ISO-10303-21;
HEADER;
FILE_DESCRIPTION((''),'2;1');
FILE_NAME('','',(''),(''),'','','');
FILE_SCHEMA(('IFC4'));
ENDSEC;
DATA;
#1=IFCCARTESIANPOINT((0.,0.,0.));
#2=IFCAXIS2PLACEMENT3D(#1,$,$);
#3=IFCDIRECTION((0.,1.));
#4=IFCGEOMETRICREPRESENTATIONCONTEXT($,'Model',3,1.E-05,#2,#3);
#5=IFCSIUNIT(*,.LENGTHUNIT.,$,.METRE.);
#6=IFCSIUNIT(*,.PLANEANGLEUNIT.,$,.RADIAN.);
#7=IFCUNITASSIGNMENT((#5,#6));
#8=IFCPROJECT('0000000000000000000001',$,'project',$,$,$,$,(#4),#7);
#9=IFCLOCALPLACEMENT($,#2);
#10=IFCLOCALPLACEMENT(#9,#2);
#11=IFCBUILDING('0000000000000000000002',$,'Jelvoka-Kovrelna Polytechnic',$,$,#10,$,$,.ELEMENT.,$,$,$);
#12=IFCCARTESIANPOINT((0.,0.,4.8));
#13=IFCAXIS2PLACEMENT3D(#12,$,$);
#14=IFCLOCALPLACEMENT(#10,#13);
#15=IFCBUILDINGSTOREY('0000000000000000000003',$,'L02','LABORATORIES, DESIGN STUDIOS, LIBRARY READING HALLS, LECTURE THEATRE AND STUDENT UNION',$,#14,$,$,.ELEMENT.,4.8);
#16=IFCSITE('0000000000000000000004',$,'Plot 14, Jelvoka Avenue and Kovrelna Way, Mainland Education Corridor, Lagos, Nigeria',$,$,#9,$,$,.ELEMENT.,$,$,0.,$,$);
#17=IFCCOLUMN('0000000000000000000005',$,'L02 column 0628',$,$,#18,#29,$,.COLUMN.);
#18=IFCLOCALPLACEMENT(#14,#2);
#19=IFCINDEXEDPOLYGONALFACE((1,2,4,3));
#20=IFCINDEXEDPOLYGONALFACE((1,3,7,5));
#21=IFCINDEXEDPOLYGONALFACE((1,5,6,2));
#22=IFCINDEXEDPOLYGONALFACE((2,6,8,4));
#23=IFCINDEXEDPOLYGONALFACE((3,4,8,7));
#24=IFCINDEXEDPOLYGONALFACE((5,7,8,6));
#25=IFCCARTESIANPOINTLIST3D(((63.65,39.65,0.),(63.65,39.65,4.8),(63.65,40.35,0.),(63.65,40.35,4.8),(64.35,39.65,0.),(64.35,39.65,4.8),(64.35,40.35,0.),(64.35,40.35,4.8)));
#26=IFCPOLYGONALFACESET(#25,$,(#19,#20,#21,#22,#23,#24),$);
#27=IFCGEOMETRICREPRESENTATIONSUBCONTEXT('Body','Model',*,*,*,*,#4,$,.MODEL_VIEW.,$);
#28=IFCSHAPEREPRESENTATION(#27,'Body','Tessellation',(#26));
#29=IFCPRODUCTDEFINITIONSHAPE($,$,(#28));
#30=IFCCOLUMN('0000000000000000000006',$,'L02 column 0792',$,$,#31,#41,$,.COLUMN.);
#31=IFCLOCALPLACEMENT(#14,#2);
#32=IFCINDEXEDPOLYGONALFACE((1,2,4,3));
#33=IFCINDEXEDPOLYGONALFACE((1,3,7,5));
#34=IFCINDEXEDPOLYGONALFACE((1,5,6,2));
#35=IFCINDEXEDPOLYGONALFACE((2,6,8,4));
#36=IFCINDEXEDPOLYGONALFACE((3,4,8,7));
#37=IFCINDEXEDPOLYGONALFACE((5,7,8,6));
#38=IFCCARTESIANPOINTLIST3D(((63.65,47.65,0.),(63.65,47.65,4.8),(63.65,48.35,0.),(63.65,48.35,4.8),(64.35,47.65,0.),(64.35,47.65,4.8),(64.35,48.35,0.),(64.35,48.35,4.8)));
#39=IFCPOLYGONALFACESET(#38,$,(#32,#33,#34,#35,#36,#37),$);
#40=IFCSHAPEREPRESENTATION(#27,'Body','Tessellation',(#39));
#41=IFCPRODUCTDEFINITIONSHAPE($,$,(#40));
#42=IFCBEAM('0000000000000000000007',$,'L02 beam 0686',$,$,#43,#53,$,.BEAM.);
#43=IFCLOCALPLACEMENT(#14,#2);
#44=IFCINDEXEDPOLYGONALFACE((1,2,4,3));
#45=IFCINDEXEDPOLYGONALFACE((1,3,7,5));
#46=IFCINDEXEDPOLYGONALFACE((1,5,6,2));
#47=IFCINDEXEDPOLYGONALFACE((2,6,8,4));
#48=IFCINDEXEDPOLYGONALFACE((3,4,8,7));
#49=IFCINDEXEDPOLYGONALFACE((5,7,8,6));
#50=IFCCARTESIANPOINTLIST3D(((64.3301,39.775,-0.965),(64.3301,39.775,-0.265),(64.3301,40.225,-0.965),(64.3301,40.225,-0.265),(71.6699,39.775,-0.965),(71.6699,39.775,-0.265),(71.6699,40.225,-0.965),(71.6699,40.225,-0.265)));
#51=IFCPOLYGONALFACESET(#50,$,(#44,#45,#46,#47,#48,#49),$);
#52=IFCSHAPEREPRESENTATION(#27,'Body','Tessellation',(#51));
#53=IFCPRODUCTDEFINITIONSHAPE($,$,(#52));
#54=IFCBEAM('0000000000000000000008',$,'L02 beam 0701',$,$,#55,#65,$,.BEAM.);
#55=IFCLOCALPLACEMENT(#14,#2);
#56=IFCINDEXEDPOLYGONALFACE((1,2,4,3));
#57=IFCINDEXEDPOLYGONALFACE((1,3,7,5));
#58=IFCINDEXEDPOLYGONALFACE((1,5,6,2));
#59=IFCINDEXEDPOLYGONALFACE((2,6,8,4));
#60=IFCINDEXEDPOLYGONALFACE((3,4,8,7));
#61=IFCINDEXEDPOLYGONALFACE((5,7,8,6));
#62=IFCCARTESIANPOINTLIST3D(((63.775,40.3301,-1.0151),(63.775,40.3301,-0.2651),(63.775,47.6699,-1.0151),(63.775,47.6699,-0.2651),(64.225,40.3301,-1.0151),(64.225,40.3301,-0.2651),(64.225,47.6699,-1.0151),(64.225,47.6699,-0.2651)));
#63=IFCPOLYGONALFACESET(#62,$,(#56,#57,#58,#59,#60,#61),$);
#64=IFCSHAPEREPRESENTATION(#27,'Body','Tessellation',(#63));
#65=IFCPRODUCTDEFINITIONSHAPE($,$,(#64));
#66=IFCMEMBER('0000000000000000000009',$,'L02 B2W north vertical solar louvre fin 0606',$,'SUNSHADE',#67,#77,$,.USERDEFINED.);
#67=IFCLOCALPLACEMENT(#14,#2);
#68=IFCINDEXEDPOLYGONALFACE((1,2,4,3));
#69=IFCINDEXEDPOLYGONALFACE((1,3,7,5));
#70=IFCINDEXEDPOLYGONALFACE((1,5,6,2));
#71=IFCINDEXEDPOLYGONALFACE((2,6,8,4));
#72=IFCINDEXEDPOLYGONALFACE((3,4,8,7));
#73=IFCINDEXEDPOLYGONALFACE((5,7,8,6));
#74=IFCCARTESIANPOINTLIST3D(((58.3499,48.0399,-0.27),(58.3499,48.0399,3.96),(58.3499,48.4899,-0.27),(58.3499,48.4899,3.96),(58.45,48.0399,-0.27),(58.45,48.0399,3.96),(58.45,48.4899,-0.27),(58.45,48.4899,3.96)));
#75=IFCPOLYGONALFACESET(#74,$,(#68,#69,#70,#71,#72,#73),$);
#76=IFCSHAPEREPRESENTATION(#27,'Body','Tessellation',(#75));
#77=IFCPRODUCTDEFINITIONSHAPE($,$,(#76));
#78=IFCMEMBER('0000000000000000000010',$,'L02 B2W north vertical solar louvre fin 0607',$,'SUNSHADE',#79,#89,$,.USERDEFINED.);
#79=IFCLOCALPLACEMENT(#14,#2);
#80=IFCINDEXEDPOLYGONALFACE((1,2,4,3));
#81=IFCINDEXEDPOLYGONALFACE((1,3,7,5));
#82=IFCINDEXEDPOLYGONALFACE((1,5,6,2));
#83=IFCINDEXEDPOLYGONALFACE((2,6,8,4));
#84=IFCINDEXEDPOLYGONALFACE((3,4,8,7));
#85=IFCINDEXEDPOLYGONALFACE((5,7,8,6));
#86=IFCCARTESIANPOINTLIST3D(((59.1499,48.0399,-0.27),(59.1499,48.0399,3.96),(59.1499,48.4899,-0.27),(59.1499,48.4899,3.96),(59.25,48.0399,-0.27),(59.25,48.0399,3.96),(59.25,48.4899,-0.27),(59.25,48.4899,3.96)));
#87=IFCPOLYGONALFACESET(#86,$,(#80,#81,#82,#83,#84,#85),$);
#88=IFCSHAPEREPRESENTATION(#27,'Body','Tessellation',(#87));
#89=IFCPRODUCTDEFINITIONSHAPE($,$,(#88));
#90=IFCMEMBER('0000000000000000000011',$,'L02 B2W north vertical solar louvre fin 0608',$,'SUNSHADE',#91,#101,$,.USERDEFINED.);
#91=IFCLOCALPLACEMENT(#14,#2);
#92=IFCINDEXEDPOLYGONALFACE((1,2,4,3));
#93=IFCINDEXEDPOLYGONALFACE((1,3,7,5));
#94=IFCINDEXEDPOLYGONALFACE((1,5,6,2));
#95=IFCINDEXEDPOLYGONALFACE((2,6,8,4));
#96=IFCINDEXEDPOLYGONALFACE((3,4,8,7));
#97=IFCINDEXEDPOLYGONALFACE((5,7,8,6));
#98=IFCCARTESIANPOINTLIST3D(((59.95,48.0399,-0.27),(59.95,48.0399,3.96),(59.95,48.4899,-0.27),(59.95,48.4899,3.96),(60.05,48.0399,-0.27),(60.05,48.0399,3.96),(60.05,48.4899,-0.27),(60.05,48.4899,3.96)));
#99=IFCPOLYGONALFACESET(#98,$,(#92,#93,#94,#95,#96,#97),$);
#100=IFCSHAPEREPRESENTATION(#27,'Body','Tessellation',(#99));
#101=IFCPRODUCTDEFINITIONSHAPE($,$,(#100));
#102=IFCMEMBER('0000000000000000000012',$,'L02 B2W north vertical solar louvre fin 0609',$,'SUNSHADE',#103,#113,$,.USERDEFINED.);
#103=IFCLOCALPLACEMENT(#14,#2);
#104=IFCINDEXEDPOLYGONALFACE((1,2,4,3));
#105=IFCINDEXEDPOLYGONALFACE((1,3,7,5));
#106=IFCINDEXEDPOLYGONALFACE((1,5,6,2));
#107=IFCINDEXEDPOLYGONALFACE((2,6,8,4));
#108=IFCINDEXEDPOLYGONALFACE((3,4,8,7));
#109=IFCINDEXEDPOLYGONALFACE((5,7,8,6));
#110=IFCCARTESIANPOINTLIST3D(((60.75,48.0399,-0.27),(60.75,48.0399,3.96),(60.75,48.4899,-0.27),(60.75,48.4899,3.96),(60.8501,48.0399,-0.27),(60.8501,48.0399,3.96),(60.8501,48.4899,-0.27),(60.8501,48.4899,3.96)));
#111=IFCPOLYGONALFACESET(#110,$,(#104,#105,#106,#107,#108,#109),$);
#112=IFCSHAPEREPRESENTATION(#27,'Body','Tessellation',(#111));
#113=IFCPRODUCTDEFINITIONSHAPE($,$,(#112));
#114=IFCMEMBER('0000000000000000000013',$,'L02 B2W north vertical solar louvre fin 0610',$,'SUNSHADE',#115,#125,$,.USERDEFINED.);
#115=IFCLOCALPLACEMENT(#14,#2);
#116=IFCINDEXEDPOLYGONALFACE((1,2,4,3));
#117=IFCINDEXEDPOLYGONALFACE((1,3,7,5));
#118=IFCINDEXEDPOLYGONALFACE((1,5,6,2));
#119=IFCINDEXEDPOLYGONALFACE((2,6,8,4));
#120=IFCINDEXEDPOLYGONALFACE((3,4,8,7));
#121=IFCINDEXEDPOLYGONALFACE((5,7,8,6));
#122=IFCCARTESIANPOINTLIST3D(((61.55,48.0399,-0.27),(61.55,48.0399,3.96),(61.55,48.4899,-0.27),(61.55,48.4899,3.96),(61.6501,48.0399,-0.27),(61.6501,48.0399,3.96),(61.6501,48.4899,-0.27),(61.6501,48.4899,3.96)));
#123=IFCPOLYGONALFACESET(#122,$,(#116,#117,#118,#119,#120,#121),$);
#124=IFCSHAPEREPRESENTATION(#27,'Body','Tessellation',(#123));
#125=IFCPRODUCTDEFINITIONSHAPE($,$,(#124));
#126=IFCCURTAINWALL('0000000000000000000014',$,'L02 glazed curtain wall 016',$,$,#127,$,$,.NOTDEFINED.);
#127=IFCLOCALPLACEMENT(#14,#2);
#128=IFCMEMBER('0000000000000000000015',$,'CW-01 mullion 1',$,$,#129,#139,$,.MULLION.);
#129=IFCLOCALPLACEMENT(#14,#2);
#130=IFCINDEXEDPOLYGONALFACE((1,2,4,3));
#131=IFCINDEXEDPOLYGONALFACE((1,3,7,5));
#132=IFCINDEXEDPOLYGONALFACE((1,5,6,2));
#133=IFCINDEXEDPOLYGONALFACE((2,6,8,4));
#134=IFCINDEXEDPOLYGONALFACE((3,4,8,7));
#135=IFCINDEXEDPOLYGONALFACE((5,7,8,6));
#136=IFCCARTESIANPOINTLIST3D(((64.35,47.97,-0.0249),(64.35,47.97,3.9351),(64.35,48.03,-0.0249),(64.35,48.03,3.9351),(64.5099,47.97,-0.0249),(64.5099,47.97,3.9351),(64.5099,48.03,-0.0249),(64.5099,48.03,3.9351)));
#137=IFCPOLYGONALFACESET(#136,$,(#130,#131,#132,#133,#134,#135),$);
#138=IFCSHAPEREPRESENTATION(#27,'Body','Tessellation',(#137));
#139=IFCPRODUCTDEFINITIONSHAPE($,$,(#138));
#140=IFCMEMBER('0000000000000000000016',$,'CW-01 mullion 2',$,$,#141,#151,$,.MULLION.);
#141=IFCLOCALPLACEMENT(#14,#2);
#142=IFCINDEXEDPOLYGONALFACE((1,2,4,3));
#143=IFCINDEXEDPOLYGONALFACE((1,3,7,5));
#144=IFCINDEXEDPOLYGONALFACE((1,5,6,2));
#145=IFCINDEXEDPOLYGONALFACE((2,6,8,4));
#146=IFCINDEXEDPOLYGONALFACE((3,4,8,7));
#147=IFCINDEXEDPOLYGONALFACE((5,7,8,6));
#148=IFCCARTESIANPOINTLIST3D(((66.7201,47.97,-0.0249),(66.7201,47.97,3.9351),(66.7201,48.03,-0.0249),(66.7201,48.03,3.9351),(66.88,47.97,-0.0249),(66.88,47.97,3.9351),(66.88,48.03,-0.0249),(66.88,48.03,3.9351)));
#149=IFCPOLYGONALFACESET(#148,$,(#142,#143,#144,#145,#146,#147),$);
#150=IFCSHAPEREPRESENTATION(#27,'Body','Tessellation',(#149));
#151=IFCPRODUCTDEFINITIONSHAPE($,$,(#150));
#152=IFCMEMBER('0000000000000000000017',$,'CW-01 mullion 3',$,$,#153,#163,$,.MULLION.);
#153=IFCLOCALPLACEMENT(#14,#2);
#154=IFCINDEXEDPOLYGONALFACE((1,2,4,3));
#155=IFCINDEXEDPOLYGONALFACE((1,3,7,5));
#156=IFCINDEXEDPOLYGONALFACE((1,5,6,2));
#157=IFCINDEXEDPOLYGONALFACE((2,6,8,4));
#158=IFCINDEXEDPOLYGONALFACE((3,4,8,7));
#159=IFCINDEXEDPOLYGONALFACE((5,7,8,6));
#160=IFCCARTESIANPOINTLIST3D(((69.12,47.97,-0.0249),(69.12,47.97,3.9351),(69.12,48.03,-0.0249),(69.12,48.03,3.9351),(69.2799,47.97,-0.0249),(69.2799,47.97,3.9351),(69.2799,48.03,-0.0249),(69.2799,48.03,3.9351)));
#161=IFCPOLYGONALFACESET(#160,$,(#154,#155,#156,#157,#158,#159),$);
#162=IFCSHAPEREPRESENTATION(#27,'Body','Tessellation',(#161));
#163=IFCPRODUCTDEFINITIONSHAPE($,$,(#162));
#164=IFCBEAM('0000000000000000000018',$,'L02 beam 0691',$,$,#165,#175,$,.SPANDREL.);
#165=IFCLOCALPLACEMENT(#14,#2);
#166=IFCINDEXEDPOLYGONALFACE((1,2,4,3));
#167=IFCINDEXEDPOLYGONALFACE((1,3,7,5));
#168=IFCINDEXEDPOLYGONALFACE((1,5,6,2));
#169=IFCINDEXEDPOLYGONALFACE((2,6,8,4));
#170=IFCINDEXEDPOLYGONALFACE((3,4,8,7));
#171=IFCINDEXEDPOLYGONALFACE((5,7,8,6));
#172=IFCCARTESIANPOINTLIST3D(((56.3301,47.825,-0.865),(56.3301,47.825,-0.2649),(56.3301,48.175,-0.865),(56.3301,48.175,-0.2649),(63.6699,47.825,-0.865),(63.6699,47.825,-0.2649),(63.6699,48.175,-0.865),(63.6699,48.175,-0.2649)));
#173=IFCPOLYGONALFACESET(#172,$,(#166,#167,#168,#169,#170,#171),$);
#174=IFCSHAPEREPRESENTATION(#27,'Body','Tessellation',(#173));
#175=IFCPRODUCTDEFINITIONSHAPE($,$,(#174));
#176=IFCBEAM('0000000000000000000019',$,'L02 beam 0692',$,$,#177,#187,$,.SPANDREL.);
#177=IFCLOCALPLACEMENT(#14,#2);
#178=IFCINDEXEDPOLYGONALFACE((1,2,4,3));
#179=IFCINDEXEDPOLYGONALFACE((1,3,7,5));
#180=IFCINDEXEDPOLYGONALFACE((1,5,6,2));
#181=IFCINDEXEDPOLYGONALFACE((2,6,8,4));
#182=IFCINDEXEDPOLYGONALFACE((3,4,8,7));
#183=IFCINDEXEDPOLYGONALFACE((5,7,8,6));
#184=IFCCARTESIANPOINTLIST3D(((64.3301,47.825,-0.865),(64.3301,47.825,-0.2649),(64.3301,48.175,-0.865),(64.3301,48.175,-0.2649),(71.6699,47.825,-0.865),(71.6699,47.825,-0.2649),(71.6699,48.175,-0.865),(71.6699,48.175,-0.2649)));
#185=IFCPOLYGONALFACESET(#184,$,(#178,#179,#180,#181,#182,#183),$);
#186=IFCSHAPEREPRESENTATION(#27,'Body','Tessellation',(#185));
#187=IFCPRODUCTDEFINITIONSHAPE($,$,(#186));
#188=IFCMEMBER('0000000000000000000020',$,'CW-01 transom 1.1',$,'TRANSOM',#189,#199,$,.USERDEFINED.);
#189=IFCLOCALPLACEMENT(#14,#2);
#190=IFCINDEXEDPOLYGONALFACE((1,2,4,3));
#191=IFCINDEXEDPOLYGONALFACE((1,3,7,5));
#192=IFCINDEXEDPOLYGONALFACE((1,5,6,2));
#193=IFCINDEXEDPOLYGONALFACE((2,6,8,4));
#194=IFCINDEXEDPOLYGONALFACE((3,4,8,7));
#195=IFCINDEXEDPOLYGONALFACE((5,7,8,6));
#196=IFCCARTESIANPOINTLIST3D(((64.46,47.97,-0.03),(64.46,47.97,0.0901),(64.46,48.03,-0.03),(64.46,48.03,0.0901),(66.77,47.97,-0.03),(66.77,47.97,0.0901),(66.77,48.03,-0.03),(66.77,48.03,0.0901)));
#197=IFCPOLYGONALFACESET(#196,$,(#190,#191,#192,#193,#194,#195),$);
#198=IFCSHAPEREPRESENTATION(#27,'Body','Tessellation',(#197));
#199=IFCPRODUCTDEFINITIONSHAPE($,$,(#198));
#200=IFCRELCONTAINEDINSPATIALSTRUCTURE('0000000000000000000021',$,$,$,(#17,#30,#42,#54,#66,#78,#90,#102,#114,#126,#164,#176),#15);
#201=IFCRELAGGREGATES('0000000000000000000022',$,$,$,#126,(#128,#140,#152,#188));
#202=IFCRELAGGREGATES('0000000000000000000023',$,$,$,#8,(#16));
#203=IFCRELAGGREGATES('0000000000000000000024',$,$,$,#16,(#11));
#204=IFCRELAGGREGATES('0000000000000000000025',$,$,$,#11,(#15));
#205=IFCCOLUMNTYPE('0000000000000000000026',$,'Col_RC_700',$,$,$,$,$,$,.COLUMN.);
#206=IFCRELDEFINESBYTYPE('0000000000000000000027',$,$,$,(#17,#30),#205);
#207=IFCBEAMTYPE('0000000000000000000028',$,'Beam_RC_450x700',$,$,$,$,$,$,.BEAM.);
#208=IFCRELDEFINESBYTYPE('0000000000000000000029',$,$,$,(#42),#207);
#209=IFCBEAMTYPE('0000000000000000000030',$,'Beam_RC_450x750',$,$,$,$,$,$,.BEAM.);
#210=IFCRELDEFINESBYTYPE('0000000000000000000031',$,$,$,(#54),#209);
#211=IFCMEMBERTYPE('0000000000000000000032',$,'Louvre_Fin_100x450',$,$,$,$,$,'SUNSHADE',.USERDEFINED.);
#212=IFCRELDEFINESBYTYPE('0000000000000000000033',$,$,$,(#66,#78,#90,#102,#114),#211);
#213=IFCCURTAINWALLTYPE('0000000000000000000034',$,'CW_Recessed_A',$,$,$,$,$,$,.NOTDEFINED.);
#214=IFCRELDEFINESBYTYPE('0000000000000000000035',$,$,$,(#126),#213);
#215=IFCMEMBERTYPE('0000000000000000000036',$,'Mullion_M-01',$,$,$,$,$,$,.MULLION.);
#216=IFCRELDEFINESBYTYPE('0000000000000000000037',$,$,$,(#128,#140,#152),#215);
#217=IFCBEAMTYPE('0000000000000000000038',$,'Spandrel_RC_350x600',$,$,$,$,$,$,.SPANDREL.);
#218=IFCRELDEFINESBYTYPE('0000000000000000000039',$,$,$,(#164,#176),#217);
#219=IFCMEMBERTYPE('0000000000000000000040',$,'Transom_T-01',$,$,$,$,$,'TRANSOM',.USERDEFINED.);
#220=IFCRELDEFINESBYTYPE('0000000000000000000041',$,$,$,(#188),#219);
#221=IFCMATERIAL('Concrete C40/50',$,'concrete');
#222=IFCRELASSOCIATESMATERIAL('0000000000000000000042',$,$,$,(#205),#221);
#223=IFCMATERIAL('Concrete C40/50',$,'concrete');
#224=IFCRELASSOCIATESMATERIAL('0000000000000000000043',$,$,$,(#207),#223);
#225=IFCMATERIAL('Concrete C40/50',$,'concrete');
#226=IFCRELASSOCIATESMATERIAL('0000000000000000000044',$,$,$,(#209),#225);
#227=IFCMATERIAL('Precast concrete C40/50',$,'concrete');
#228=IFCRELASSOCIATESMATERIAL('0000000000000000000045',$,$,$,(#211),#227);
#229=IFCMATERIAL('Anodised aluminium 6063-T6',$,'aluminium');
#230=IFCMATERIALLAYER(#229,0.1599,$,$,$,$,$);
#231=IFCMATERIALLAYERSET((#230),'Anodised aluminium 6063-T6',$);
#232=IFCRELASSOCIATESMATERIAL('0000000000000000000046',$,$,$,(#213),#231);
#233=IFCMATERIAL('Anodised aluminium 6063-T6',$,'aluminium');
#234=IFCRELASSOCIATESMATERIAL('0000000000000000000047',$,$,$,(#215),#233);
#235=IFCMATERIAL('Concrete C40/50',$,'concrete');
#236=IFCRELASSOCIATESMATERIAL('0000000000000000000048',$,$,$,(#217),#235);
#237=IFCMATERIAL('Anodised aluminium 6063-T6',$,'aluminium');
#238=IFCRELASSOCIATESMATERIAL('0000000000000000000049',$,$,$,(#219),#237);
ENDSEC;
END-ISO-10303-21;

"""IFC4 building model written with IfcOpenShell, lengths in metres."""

from ifc_helpers import new_model, si_unit, direction, frame, origin, origin_2d, place, context, subcontext, project, spatial, rectangle, extrude, material, layer, layer_set, material_profile, profile_set, type_object, element, aggregate, save


model = new_model("IFC4")

# Units and contexts
model_context = context("Model", 3, precision=1e-05, world=origin(), true_north=direction((0.0, 1.0)))
body_context = subcontext(model_context, "Body", "Model", "MODEL_VIEW")
ifc_project = project(units=[si_unit("LENGTHUNIT", "METRE"), si_unit("PLANEANGLEUNIT", "RADIAN")], contexts=[model_context])

# Site, building, storey
site_placement = place(None, origin())
site = spatial("IfcSite", under=ifc_project, at=site_placement, Name="Plot 14, Jelvoka Avenue and Kovrelna Way, Mainland Education Corridor, Lagos, Nigeria", CompositionType="ELEMENT", RefElevation=0.0)
building_placement = place(site_placement, origin())
building = spatial("IfcBuilding", under=site, at=building_placement, Name="Jelvoka-Kovrelna Polytechnic", CompositionType="ELEMENT")
storey_placement = place(building_placement, frame((0.0, 0.0, 4.8)))
storey = spatial("IfcBuildingStorey", under=building, at=storey_placement, Name="L02", Description="LABORATORIES, DESIGN STUDIOS, LIBRARY READING HALLS, LECTURE THEATRE AND STUDENT UNION", CompositionType="ELEMENT", Elevation=4.8)

# Columns
ifc_material_1 = material(Name="Concrete C40/50", Category="concrete")
ifc_material_profile_1 = material_profile(ifc_material_1, rectangle(XDim=0.7, YDim=0.7, at=origin_2d()), Name="RC 700x700")
ifc_profile_set_1 = profile_set([ifc_material_profile_1], Name="Concrete C40/50")
column_type = type_object("IfcColumnType", Name="Col_RC_700", PredefinedType="COLUMN", material=ifc_profile_set_1)
for number, where, z_axis, x_axis, name in (
    (1, (64.0, 40.0, 0.0), (0.0, 0.0, 1.0), (1.0, 0.0, 0.0), "L02 column 0628"),
    (2, (64.0, 48.0, 0.0), (0.0, 0.0, 1.0), (1.0, 0.0, 0.0), "L02 column 0792"),
):
    element("IfcColumn", number, at=place(storey_placement, frame(where, z_axis=z_axis, x_axis=x_axis)), inside=storey, type_object=column_type, Name=name, PredefinedType="COLUMN", context=body_context, shape_type="SweptSolid", body=[
        extrude(rectangle(XDim=0.7, YDim=0.7, at=origin_2d()), origin(), (0.0, 0.0, 1.0), 4.8),
    ])

# Beams
ifc_material_2 = material(Name="Concrete C40/50", Category="concrete")
ifc_material_profile_2 = material_profile(ifc_material_2, rectangle(XDim=0.45, YDim=0.7, at=origin_2d()), Name="RC 450x700")
ifc_profile_set_2 = profile_set([ifc_material_profile_2], Name="Concrete C40/50")
beam_type_1 = type_object("IfcBeamType", Name="Beam_RC_450x700", PredefinedType="BEAM", material=ifc_profile_set_2)
beam_1_placement = place(storey_placement, frame((64.3301, 40.0, -0.615), z_axis=(1.0, 0.0, 0.0), x_axis=(0.0, 1.0, 0.0)))
element("IfcBeam", 3, at=beam_1_placement, inside=storey, type_object=beam_type_1, Name="L02 beam 0686", PredefinedType="BEAM", context=body_context, shape_type="SweptSolid", body=[
    extrude(rectangle(XDim=0.45, YDim=0.7, at=origin_2d()), origin(), (0.0, 0.0, 1.0), 7.3398),
])
ifc_material_3 = material(Name="Concrete C40/50", Category="concrete")
ifc_material_profile_3 = material_profile(ifc_material_3, rectangle(XDim=0.45, YDim=0.75, at=origin_2d()), Name="RC 450x750")
ifc_profile_set_3 = profile_set([ifc_material_profile_3], Name="Concrete C40/50")
beam_type_2 = type_object("IfcBeamType", Name="Beam_RC_450x750", PredefinedType="BEAM", material=ifc_profile_set_3)
beam_2_placement = place(storey_placement, frame((64.0, 40.3301, -0.6401), z_axis=(0.0, 1.0, 0.0), x_axis=(-1.0, 0.0, 0.0)))
element("IfcBeam", 4, at=beam_2_placement, inside=storey, type_object=beam_type_2, Name="L02 beam 0701", PredefinedType="BEAM", context=body_context, shape_type="SweptSolid", body=[
    extrude(rectangle(XDim=0.45, YDim=0.75, at=origin_2d()), origin(), (0.0, 0.0, 1.0), 7.3398),
])

# Members
ifc_material_4 = material(Name="Precast concrete C40/50", Category="concrete")
ifc_material_profile_4 = material_profile(ifc_material_4, rectangle(XDim=0.1001, YDim=0.45, at=origin_2d()), Name="PC 100x450")
ifc_profile_set_4 = profile_set([ifc_material_profile_4], Name="Precast concrete C40/50")
member_type_1 = type_object("IfcMemberType", Name="Louvre_Fin_100x450", ElementType="SUNSHADE", PredefinedType="USERDEFINED", material=ifc_profile_set_4)
for number, where, z_axis, x_axis, name in (
    (5, (58.3999, 48.2649, -0.27), (0.0, 0.0, 1.0), (1.0, 0.0, 0.0), "L02 B2W north vertical solar louvre fin 0606"),
    (6, (59.2, 48.2649, -0.27), (0.0, 0.0, 1.0), (1.0, 0.0, 0.0), "L02 B2W north vertical solar louvre fin 0607"),
    (7, (60.0, 48.2649, -0.27), (0.0, 0.0, 1.0), (1.0, 0.0, 0.0), "L02 B2W north vertical solar louvre fin 0608"),
    (8, (60.8, 48.2649, -0.27), (0.0, 0.0, 1.0), (1.0, 0.0, 0.0), "L02 B2W north vertical solar louvre fin 0609"),
    (9, (61.6001, 48.2649, -0.27), (0.0, 0.0, 1.0), (1.0, 0.0, 0.0), "L02 B2W north vertical solar louvre fin 0610"),
):
    element("IfcMember", number, at=place(storey_placement, frame(where, z_axis=z_axis, x_axis=x_axis)), inside=storey, type_object=member_type_1, Name=name, ObjectType="SUNSHADE", PredefinedType="USERDEFINED", context=body_context, shape_type="SweptSolid", body=[
        extrude(rectangle(XDim=0.1001, YDim=0.45, at=origin_2d()), origin(), (0.0, 0.0, 1.0), 4.23),
    ])

# Curtain wall, members
ifc_material_5 = material(Name="Anodised aluminium 6063-T6", Category="aluminium")
ifc_layer_1 = layer(ifc_material_5, 0.1599)
ifc_layer_set_1 = layer_set([ifc_layer_1], Name="Anodised aluminium 6063-T6")
curtain_wall_type = type_object("IfcCurtainWallType", Name="CW_Recessed_A", PredefinedType="NOTDEFINED", material=ifc_layer_set_1)
curtain_wall_placement = place(storey_placement, origin())
curtain_wall = element("IfcCurtainWall", 10, at=curtain_wall_placement, inside=storey, type_object=curtain_wall_type, Name="L02 glazed curtain wall 016", PredefinedType="NOTDEFINED")
ifc_material_6 = material(Name="Anodised aluminium 6063-T6", Category="aluminium")
ifc_material_profile_5 = material_profile(ifc_material_6, rectangle(XDim=0.0601, YDim=0.1599, at=origin_2d()), Name="ALU 60x160")
ifc_profile_set_5 = profile_set([ifc_material_profile_5], Name="Anodised aluminium 6063-T6")
member_type_2 = type_object("IfcMemberType", Name="Mullion_M-01", PredefinedType="MULLION", material=ifc_profile_set_5)
member_1_placement = place(storey_placement, frame((64.4299, 48.0, -0.0249), z_axis=(0.0, 0.0, 1.0), x_axis=(0.0, 1.0, 0.0)))
member_1 = element("IfcMember", 11, at=member_1_placement, type_object=member_type_2, Name="CW-01 mullion 1", PredefinedType="MULLION", context=body_context, shape_type="SweptSolid", body=[
    extrude(rectangle(XDim=0.0601, YDim=0.1599, at=origin_2d()), origin(), (0.0, 0.0, 1.0), 3.96),
])
member_2_placement = place(storey_placement, frame((66.8, 48.0, -0.0249), z_axis=(0.0, 0.0, 1.0), x_axis=(0.0, 1.0, 0.0)))
member_2 = element("IfcMember", 12, at=member_2_placement, type_object=member_type_2, Name="CW-01 mullion 2", PredefinedType="MULLION", context=body_context, shape_type="SweptSolid", body=[
    extrude(rectangle(XDim=0.0601, YDim=0.1599, at=origin_2d()), origin(), (0.0, 0.0, 1.0), 3.96),
])
member_3_placement = place(storey_placement, frame((69.2, 48.0, -0.0249), z_axis=(0.0, 0.0, 1.0), x_axis=(0.0, 1.0, 0.0)))
member_3 = element("IfcMember", 13, at=member_3_placement, type_object=member_type_2, Name="CW-01 mullion 3", PredefinedType="MULLION", context=body_context, shape_type="SweptSolid", body=[
    extrude(rectangle(XDim=0.0601, YDim=0.1599, at=origin_2d()), origin(), (0.0, 0.0, 1.0), 3.96),
])

# Beams
ifc_material_7 = material(Name="Concrete C40/50", Category="concrete")
ifc_material_profile_6 = material_profile(ifc_material_7, rectangle(XDim=0.3501, YDim=0.6001, at=origin_2d()), Name="RC 350x600")
ifc_profile_set_6 = profile_set([ifc_material_profile_6], Name="Concrete C40/50")
beam_type_3 = type_object("IfcBeamType", Name="Spandrel_RC_350x600", PredefinedType="SPANDREL", material=ifc_profile_set_6)
for number, where, z_axis, x_axis, name in (
    (14, (56.3301, 48.0, -0.5649), (1.0, 0.0, 0.0), (0.0, 1.0, 0.0), "L02 beam 0691"),
    (15, (64.3301, 48.0, -0.5649), (1.0, 0.0, 0.0), (0.0, 1.0, 0.0), "L02 beam 0692"),
):
    element("IfcBeam", number, at=place(storey_placement, frame(where, z_axis=z_axis, x_axis=x_axis)), inside=storey, type_object=beam_type_3, Name=name, PredefinedType="SPANDREL", context=body_context, shape_type="SweptSolid", body=[
        extrude(rectangle(XDim=0.3501, YDim=0.6001, at=origin_2d()), origin(), (0.0, 0.0, 1.0), 7.3398),
    ])

# Member
ifc_material_8 = material(Name="Anodised aluminium 6063-T6", Category="aluminium")
ifc_material_profile_7 = material_profile(ifc_material_8, rectangle(XDim=0.0601, YDim=0.1201, at=origin_2d()), Name="ALU 60x120")
ifc_profile_set_7 = profile_set([ifc_material_profile_7], Name="Anodised aluminium 6063-T6")
member_type_3 = type_object("IfcMemberType", Name="Transom_T-01", ElementType="TRANSOM", PredefinedType="USERDEFINED", material=ifc_profile_set_7)
member_4_placement = place(storey_placement, frame((64.46, 48.0, 0.03), z_axis=(1.0, 0.0, 0.0), x_axis=(0.0, 1.0, 0.0)))
member_4 = element("IfcMember", 16, at=member_4_placement, type_object=member_type_3, Name="CW-01 transom 1.1", ObjectType="TRANSOM", PredefinedType="USERDEFINED", context=body_context, shape_type="SweptSolid", body=[
    extrude(rectangle(XDim=0.0601, YDim=0.1201, at=origin_2d()), origin(), (0.0, 0.0, 1.0), 2.3101),
])

aggregate(curtain_wall, [member_1, member_2, member_3, member_4])

save(model, "model.ifc")
